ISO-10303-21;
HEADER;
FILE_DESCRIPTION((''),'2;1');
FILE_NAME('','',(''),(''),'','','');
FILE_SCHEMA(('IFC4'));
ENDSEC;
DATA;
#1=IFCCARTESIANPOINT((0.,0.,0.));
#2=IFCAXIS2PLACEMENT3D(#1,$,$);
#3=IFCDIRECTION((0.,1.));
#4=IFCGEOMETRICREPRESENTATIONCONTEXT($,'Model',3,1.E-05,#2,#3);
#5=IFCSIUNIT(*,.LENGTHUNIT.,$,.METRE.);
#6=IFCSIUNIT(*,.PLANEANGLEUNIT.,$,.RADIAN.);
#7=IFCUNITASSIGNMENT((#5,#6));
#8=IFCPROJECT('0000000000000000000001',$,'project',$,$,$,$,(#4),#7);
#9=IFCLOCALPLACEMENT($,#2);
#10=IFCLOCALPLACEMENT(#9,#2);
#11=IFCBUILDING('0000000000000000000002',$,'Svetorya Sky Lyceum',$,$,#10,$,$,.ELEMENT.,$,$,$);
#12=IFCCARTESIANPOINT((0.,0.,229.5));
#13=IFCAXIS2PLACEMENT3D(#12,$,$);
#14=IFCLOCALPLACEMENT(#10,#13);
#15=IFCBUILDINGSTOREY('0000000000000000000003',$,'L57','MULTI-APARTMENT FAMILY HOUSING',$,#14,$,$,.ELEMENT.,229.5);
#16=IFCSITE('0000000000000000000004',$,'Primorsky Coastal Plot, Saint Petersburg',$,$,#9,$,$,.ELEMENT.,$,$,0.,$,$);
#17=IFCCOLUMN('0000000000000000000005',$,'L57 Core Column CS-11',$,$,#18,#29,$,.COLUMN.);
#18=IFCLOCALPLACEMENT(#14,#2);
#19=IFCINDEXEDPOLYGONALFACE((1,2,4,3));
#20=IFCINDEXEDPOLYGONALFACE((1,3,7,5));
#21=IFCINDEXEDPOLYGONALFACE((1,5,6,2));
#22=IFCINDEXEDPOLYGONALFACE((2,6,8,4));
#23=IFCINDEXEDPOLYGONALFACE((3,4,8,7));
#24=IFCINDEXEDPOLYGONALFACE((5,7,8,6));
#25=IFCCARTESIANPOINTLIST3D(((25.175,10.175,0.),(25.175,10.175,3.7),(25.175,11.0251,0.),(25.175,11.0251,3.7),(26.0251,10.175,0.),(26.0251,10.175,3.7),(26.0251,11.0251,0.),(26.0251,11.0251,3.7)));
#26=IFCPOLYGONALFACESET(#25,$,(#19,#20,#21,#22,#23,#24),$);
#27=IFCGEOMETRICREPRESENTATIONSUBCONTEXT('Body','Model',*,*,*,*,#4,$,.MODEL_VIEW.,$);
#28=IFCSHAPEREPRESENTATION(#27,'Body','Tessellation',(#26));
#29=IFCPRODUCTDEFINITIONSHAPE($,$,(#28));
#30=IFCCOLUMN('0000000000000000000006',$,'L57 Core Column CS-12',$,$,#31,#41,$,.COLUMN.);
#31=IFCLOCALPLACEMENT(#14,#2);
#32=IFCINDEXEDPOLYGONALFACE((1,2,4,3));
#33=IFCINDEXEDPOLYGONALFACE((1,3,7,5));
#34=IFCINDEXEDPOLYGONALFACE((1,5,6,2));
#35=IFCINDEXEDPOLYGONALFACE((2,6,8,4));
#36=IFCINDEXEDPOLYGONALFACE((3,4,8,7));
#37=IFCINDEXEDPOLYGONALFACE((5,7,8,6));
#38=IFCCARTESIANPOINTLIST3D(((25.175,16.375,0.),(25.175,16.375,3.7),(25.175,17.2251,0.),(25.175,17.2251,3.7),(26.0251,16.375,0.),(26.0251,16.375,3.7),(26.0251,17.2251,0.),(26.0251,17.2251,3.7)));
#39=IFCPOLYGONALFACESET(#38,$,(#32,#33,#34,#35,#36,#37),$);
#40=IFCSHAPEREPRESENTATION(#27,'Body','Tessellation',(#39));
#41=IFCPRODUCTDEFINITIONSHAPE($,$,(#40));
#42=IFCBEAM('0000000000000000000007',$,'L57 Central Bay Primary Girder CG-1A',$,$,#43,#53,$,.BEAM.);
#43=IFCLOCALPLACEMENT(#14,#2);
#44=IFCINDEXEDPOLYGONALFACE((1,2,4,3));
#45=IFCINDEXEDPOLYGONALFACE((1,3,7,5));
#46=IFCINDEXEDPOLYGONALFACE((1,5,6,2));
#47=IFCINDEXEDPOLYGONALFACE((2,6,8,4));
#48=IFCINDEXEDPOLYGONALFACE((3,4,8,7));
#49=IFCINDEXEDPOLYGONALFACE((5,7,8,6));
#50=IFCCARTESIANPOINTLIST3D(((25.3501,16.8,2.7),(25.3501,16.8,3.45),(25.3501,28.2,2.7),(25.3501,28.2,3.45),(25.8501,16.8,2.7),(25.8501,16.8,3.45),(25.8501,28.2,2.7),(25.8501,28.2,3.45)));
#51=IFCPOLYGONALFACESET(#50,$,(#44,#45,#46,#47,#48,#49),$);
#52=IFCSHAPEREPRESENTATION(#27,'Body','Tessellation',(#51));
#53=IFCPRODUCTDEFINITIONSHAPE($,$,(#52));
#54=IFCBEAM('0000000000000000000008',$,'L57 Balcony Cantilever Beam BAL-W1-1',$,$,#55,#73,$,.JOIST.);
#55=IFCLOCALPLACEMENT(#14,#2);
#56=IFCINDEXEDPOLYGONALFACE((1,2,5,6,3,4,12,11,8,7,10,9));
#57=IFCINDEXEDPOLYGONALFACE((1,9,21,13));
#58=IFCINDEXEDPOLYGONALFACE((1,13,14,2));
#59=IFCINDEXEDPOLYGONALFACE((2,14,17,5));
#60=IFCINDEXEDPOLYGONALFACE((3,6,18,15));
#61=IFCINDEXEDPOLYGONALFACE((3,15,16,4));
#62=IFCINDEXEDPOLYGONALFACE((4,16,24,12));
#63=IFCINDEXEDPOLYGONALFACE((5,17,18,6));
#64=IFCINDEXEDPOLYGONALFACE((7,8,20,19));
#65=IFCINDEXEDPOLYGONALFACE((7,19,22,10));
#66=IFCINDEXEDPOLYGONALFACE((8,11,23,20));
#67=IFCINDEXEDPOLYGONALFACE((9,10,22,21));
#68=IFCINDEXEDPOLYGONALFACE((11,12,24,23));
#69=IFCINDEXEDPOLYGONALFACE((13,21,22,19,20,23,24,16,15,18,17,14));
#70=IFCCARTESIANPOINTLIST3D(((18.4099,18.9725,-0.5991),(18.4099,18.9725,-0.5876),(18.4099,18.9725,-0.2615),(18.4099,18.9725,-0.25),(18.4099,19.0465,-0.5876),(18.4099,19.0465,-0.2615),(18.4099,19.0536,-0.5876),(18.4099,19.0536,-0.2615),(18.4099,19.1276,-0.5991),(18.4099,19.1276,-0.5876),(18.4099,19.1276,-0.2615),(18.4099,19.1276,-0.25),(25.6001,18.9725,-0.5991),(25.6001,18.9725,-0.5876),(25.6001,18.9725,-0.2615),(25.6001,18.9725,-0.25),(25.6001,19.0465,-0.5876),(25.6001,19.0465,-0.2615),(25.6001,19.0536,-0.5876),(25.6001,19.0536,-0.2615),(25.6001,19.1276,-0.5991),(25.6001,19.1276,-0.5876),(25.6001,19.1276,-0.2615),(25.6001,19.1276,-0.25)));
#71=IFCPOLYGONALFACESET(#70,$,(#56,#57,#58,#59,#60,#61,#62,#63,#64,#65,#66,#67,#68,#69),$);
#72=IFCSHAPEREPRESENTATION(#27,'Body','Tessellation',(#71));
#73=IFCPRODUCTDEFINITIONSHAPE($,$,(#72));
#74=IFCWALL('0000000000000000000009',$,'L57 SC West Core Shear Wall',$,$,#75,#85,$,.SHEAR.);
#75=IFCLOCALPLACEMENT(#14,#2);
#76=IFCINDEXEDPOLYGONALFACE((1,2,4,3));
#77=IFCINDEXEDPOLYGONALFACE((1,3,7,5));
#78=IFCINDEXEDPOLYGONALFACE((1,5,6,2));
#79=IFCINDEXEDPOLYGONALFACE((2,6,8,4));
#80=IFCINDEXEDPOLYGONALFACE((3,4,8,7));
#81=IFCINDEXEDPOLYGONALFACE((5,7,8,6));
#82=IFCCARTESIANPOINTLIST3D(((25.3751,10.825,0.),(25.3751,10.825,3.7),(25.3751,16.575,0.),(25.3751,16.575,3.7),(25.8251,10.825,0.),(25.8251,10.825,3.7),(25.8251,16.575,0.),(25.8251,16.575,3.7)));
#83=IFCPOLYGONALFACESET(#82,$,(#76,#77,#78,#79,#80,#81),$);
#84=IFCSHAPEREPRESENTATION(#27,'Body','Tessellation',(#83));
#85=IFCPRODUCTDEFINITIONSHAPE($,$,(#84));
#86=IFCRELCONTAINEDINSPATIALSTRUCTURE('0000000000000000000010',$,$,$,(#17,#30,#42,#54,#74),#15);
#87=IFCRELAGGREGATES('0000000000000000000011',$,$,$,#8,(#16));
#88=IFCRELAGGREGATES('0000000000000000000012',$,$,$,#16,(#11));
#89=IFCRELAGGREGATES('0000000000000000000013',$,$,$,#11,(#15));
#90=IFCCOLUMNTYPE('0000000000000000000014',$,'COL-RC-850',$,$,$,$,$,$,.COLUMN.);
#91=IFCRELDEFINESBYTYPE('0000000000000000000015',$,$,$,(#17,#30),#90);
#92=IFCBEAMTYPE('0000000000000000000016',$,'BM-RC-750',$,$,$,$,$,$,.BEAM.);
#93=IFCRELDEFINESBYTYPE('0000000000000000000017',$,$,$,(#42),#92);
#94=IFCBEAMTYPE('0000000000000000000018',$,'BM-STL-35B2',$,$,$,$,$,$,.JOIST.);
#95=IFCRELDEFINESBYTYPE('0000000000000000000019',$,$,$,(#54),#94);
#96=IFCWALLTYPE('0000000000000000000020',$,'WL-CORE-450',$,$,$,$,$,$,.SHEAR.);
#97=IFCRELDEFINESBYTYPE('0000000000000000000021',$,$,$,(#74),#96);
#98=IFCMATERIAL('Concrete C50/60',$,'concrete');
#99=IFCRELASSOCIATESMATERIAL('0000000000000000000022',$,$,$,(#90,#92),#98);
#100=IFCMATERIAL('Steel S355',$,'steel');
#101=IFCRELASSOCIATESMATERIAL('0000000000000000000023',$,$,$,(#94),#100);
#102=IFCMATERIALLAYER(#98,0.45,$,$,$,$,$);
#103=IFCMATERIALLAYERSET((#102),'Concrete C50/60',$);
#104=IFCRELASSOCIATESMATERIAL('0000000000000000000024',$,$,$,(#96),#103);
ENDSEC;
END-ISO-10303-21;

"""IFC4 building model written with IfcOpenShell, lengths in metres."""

from ifc_helpers import new_model, si_unit, direction, frame, frame_2d, origin, origin_2d, place, context, subcontext, project, spatial, rectangle, i_section, extrude, material, layer, layer_set, material_profile, profile_set, type_object, element, save


model = new_model("IFC4")

# Units and contexts
model_context = context("Model", 3, precision=1e-05, world=origin(), true_north=direction((0.0, 1.0)))
body_context = subcontext(model_context, "Body", "Model", "MODEL_VIEW")
ifc_project = project(units=[si_unit("LENGTHUNIT", "METRE"), si_unit("PLANEANGLEUNIT", "RADIAN")], contexts=[model_context])

# Site, building, storey
site_placement = place(None, origin())
site = spatial("IfcSite", under=ifc_project, at=site_placement, Name="Primorsky Coastal Plot, Saint Petersburg", CompositionType="ELEMENT", RefElevation=0.0)
building_placement = place(site_placement, origin())
building = spatial("IfcBuilding", under=site, at=building_placement, Name="Svetorya Sky Lyceum", CompositionType="ELEMENT")
storey_placement = place(building_placement, frame((0.0, 0.0, 229.5)))
storey = spatial("IfcBuildingStorey", under=building, at=storey_placement, Name="L57", Description="MULTI-APARTMENT FAMILY HOUSING", CompositionType="ELEMENT", Elevation=229.5)

# Columns
ifc_material_1 = material(Name="Concrete C50/60", Category="concrete")
ifc_material_profile_1 = material_profile(ifc_material_1, rectangle(XDim=0.8501, YDim=0.8501, at=origin_2d()), Name="RC COL 850x850")
ifc_profile_set_1 = profile_set([ifc_material_profile_1], Name="Concrete C50/60")
column_type = type_object("IfcColumnType", Name="COL-RC-850", PredefinedType="COLUMN", material=ifc_profile_set_1)
for number, where, z_axis, x_axis, name in (
    (1, (25.6001, 10.6001, 0.0), (0.0, 0.0, 1.0), (1.0, 0.0, 0.0), "L57 Core Column CS-11"),
    (2, (25.6001, 16.8, 0.0), (0.0, 0.0, 1.0), (1.0, 0.0, 0.0), "L57 Core Column CS-12"),
):
    element("IfcColumn", number, at=place(storey_placement, frame(where, z_axis=z_axis, x_axis=x_axis)), inside=storey, type_object=column_type, Name=name, PredefinedType="COLUMN", context=body_context, shape_type="SweptSolid", body=[
        extrude(rectangle(XDim=0.8501, YDim=0.8501, at=origin_2d()), origin(), (0.0, 0.0, 1.0), 3.7),
    ])

# Beams
ifc_material_profile_2 = material_profile(ifc_material_1, rectangle(XDim=0.5, YDim=0.75, at=origin_2d()), Name="RC BEAM 500x750")
ifc_profile_set_2 = profile_set([ifc_material_profile_2], Name="Concrete C50/60")
beam_type_1 = type_object("IfcBeamType", Name="BM-RC-750", PredefinedType="BEAM", material=ifc_profile_set_2)
beam_1_placement = place(storey_placement, frame((25.6001, 16.8, 3.075), z_axis=(0.0, 1.0, 0.0), x_axis=(-1.0, 0.0, 0.0)))
element("IfcBeam", 3, at=beam_1_placement, inside=storey, type_object=beam_type_1, Name="L57 Central Bay Primary Girder CG-1A", PredefinedType="BEAM", context=body_context, shape_type="SweptSolid", body=[
    extrude(rectangle(XDim=0.5, YDim=0.75, at=origin_2d()), origin(), (0.0, 0.0, 1.0), 11.3999),
])
ifc_material_2 = material(Name="Steel S355", Category="steel")
ifc_material_profile_3 = material_profile(ifc_material_2, i_section(OverallWidth=0.155, OverallDepth=0.3491, WebThickness=0.0071, FlangeThickness=0.0115, at=origin_2d()), Name="GOST 35B2")
ifc_profile_set_3 = profile_set([ifc_material_profile_3], Name="Steel S355")
beam_type_2 = type_object("IfcBeamType", Name="BM-STL-35B2", PredefinedType="JOIST", material=ifc_profile_set_3)
beam_2_placement = place(storey_placement, frame((25.6001, 19.05, -0.4246), z_axis=(-1.0, 0.0, 0.0), x_axis=(0.0, -1.0, 0.0)))
element("IfcBeam", 4, at=beam_2_placement, inside=storey, type_object=beam_type_2, Name="L57 Balcony Cantilever Beam BAL-W1-1", PredefinedType="JOIST", context=body_context, shape_type="SweptSolid", body=[
    extrude(i_section(OverallWidth=0.155, OverallDepth=0.3491, WebThickness=0.0071, FlangeThickness=0.0115, at=origin_2d()), origin(), (0.0, 0.0, 1.0), 7.1902),
])

# Wall
ifc_layer_1 = layer(ifc_material_1, 0.45)
ifc_layer_set_1 = layer_set([ifc_layer_1], Name="Concrete C50/60")
wall_type_1 = type_object("IfcWallType", Name="WL-CORE-450", PredefinedType="SHEAR", material=ifc_layer_set_1)
wall_1_placement = place(storey_placement, frame((25.6001, 10.825, 0.0), z_axis=(0.0, 0.0, 1.0), x_axis=(0.0, 1.0, 0.0)))
element("IfcWall", 5, at=wall_1_placement, inside=storey, type_object=wall_type_1, Name="L57 SC West Core Shear Wall", PredefinedType="SHEAR", context=body_context, shape_type="SweptSolid", body=[
    extrude(rectangle(XDim=5.75, YDim=0.45, at=frame_2d((2.875, 0.0))), origin(), (0.0, 0.0, 1.0), 3.7),
])

save(model, "model.ifc")
